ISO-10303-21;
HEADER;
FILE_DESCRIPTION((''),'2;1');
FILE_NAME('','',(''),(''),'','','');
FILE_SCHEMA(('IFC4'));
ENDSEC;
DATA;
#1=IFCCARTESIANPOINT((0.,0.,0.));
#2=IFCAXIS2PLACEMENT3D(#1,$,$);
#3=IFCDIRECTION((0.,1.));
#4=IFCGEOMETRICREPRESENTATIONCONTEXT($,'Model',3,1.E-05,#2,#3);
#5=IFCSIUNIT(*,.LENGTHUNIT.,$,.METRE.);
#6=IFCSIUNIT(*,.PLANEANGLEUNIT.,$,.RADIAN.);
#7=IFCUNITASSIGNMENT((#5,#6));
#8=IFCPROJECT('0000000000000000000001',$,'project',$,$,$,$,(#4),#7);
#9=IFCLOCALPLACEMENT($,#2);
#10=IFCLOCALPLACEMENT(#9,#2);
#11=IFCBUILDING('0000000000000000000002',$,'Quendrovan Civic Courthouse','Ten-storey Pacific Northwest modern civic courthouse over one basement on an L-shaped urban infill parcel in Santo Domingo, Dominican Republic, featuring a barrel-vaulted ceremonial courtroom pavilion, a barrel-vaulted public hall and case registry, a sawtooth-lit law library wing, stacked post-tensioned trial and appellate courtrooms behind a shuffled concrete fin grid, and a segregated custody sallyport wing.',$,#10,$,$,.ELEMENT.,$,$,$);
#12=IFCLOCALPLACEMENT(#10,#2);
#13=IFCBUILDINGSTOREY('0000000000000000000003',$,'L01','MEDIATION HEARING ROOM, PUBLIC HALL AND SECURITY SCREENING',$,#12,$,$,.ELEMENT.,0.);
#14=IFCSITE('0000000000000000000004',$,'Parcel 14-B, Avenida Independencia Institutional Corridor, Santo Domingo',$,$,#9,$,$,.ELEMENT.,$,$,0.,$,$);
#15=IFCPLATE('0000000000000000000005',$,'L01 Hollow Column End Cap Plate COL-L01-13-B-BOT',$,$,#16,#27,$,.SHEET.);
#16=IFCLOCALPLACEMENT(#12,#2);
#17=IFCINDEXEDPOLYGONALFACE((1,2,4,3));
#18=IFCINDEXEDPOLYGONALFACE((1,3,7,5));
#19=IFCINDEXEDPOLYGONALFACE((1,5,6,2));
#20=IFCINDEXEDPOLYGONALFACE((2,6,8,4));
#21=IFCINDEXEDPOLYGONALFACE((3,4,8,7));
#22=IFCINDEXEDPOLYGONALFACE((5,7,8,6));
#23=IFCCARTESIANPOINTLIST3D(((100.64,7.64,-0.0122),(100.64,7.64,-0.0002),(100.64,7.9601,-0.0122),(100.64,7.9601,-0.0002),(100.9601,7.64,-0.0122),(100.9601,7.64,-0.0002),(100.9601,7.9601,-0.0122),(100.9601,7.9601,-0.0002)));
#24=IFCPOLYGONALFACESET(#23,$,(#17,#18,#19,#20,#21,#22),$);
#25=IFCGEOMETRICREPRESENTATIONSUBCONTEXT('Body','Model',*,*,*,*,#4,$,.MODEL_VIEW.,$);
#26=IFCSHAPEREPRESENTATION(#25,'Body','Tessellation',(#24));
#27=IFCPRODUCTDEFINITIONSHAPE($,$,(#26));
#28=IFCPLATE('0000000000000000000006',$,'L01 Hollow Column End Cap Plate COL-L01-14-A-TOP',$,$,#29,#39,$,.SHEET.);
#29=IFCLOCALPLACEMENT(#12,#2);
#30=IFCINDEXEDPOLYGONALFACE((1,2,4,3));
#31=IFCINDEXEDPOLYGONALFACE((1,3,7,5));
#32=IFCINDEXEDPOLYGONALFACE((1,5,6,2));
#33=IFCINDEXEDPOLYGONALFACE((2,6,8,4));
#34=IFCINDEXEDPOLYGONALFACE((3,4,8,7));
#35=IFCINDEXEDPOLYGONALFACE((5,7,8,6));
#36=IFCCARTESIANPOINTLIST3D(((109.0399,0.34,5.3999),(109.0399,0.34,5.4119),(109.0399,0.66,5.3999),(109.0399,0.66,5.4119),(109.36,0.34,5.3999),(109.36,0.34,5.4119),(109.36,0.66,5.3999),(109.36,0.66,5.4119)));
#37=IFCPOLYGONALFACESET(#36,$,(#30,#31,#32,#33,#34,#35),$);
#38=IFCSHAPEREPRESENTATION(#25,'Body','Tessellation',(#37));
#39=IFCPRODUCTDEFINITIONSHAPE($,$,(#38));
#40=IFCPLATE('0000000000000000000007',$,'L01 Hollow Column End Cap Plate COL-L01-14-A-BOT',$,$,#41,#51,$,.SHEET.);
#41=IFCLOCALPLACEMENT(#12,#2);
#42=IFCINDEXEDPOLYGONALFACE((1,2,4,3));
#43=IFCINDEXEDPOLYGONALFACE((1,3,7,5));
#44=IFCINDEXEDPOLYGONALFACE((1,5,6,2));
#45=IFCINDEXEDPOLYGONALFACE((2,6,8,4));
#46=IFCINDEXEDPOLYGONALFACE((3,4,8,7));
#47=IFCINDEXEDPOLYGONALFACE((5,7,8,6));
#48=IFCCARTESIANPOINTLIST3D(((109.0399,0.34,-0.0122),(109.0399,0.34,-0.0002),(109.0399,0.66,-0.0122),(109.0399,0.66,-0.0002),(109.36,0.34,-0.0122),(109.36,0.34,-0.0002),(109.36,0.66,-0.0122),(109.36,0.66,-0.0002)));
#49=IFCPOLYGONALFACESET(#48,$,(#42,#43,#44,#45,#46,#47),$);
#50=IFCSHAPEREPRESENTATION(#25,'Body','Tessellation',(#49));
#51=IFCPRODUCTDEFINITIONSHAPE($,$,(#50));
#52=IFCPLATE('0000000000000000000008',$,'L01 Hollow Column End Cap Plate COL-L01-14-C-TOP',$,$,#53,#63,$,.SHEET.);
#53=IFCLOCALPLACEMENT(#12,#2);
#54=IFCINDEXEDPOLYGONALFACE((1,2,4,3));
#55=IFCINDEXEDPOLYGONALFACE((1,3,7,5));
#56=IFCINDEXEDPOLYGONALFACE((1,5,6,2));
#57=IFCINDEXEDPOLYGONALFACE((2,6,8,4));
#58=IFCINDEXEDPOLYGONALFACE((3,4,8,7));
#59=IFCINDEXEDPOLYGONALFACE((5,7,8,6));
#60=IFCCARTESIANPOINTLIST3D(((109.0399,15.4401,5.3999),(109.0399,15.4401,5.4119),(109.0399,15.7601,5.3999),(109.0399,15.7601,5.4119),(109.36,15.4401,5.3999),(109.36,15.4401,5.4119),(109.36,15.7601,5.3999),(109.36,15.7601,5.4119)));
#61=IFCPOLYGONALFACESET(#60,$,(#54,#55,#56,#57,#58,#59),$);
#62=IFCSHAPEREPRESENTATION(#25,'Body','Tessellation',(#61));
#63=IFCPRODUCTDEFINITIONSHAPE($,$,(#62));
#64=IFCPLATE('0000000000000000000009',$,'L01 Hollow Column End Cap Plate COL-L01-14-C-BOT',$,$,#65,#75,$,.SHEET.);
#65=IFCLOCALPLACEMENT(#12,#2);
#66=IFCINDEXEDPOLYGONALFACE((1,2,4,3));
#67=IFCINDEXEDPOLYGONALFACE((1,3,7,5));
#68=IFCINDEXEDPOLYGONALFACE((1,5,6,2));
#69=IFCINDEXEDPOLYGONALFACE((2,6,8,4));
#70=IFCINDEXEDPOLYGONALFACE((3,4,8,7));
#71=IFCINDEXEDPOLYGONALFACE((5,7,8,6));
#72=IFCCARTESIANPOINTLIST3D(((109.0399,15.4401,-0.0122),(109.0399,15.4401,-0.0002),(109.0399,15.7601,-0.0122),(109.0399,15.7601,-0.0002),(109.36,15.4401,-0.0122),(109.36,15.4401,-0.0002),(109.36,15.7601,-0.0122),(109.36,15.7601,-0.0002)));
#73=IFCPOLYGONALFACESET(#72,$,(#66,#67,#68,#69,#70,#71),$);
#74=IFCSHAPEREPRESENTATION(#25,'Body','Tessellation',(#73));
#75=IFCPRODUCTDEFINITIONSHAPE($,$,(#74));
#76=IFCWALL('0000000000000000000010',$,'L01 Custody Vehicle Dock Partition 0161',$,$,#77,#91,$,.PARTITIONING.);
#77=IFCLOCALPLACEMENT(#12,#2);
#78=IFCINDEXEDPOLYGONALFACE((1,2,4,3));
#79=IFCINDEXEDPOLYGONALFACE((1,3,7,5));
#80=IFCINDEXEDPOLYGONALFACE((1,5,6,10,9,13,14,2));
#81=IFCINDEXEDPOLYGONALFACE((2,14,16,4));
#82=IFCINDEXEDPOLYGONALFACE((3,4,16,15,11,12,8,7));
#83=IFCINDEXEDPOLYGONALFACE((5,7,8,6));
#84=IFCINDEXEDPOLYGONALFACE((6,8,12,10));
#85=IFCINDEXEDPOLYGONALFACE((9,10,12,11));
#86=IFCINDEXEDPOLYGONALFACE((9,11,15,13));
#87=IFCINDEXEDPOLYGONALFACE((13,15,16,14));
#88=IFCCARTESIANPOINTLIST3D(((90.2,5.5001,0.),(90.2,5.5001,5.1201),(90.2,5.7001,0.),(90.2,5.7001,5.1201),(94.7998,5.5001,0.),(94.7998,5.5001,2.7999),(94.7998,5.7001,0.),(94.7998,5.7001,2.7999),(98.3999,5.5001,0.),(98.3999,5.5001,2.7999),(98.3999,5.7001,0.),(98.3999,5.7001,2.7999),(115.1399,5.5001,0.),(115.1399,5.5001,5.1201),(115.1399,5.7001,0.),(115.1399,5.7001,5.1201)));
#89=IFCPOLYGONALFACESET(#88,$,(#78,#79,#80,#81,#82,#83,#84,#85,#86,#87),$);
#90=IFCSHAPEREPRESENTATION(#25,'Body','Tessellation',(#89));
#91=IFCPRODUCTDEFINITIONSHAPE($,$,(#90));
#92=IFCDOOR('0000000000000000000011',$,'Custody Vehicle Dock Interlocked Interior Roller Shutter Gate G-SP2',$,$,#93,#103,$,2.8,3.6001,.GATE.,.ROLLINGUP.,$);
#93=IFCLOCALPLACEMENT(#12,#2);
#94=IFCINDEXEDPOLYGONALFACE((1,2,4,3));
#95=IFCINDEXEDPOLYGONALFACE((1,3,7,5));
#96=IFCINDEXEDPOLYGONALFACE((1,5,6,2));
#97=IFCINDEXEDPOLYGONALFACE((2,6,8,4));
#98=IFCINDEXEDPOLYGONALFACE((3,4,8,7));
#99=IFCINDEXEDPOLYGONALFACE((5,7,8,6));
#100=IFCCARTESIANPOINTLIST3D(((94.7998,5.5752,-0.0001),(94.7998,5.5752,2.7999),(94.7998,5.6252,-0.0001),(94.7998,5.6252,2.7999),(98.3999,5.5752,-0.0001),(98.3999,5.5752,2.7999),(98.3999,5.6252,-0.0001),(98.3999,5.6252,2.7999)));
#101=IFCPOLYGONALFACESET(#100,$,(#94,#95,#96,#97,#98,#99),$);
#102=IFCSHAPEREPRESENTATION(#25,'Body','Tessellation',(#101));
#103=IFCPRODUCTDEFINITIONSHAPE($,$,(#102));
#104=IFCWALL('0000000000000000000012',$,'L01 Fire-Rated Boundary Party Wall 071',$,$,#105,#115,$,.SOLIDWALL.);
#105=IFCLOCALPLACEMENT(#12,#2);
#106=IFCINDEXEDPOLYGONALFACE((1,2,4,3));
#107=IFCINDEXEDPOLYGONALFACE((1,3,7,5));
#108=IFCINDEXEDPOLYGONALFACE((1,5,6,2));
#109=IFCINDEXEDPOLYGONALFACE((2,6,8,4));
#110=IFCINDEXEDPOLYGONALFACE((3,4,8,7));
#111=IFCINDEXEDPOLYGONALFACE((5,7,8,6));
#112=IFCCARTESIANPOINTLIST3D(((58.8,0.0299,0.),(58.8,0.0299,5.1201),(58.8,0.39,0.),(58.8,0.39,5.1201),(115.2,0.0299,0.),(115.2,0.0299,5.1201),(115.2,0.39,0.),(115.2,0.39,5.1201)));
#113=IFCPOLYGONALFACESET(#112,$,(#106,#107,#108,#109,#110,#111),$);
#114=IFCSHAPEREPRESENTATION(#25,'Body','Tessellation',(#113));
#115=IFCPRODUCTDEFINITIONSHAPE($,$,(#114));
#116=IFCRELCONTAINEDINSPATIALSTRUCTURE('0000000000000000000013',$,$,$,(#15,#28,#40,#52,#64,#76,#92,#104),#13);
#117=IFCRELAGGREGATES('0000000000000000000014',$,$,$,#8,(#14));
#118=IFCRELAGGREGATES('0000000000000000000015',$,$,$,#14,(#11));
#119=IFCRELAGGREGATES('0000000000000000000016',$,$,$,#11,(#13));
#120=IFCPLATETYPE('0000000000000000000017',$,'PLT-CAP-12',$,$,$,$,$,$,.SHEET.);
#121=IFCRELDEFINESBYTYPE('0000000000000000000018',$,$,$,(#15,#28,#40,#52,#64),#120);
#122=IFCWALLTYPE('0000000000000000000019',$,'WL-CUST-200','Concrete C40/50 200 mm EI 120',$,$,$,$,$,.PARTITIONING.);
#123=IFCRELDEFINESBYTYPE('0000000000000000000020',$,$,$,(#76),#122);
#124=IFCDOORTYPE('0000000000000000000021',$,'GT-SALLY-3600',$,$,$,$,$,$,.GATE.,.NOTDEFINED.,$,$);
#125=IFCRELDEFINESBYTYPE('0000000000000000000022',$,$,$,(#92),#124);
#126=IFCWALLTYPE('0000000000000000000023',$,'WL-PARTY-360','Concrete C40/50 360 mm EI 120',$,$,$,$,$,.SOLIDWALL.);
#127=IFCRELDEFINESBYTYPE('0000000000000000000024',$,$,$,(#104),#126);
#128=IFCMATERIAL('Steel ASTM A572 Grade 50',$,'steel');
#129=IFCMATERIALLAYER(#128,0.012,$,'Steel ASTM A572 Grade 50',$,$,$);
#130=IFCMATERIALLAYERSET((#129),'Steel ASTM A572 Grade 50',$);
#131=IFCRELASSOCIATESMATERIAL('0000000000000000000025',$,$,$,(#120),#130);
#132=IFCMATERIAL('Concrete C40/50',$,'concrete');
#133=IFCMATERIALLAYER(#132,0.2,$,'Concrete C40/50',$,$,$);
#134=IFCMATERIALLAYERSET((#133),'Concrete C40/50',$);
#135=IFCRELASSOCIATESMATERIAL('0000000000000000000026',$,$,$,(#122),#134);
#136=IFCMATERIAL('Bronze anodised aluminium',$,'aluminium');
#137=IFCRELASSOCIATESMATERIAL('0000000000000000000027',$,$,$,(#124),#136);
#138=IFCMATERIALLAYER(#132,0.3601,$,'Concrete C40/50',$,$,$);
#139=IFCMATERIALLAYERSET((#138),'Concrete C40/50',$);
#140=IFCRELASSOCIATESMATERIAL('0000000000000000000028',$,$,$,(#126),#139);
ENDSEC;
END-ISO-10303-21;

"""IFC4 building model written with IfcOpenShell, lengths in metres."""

from ifc_helpers import new_model, si_unit, direction, frame, frame_2d, origin, origin_2d, place, context, subcontext, project, spatial, rectangle, extrude, material, layer, layer_set, type_object, element, fill, save


model = new_model("IFC4")

# Units and contexts
model_context = context("Model", 3, precision=1e-05, world=origin(), true_north=direction((0.0, 1.0)))
body_context = subcontext(model_context, "Body", "Model", "MODEL_VIEW")
ifc_project = project(units=[si_unit("LENGTHUNIT", "METRE"), si_unit("PLANEANGLEUNIT", "RADIAN")], contexts=[model_context])

# Site, building, storey
site_placement = place(None, origin())
site = spatial("IfcSite", under=ifc_project, at=site_placement, Name="Parcel 14-B, Avenida Independencia Institutional Corridor, Santo Domingo", CompositionType="ELEMENT", RefElevation=0.0)
building_placement = place(site_placement, origin())
building = spatial("IfcBuilding", under=site, at=building_placement, Name="Quendrovan Civic Courthouse", Description="Ten-storey Pacific Northwest modern civic courthouse over one basement on an L-shaped urban infill parcel in Santo Domingo, Dominican Republic, featuring a barrel-vaulted ceremonial courtroom pavilion, a barrel-vaulted public hall and case registry, a sawtooth-lit law library wing, stacked post-tensioned trial and appellate courtrooms behind a shuffled concrete fin grid, and a segregated custody sallyport wing.", CompositionType="ELEMENT")
storey_placement = place(building_placement, origin())
storey = spatial("IfcBuildingStorey", under=building, at=storey_placement, Name="L01", Description="MEDIATION HEARING ROOM, PUBLIC HALL AND SECURITY SCREENING", CompositionType="ELEMENT", Elevation=0.0)

# Shared definitions
ifc_material_1 = material(Name="Concrete C40/50", Category="concrete")

# Plates
ifc_material_2 = material(Name="Steel ASTM A572 Grade 50", Category="steel")
ifc_layer_1 = layer(ifc_material_2, 0.012, Name="Steel ASTM A572 Grade 50")
ifc_layer_set_1 = layer_set([ifc_layer_1], Name="Steel ASTM A572 Grade 50")
plate_type = type_object("IfcPlateType", Name="PLT-CAP-12", PredefinedType="SHEET", material=ifc_layer_set_1)
for number, where, z_axis, x_axis, name in (
    (1, (100.8, 7.8, -0.0122), (0.0, 0.0, 1.0), (1.0, 0.0, 0.0), "L01 Hollow Column End Cap Plate COL-L01-13-B-BOT"),
    (2, (109.2, 0.5, 5.3999), (0.0, 0.0, 1.0), (1.0, 0.0, 0.0), "L01 Hollow Column End Cap Plate COL-L01-14-A-TOP"),
    (3, (109.2, 0.5, -0.0122), (0.0, 0.0, 1.0), (1.0, 0.0, 0.0), "L01 Hollow Column End Cap Plate COL-L01-14-A-BOT"),
    (4, (109.2, 15.6001, 5.3999), (0.0, 0.0, 1.0), (1.0, 0.0, 0.0), "L01 Hollow Column End Cap Plate COL-L01-14-C-TOP"),
    (5, (109.2, 15.6001, -0.0122), (0.0, 0.0, 1.0), (1.0, 0.0, 0.0), "L01 Hollow Column End Cap Plate COL-L01-14-C-BOT"),
):
    element("IfcPlate", number, at=place(storey_placement, frame(where, z_axis=z_axis, x_axis=x_axis)), inside=storey, type_object=plate_type, Name=name, PredefinedType="SHEET", context=body_context, shape_type="SweptSolid", body=[
        extrude(rectangle(XDim=0.3201, YDim=0.3201, at=origin_2d()), origin(), (0.0, 0.0, 1.0), 0.012),
    ])

# Wall, opening, door
ifc_layer_2 = layer(ifc_material_1, 0.2, Name="Concrete C40/50")
ifc_layer_set_2 = layer_set([ifc_layer_2], Name="Concrete C40/50")
wall_type_1 = type_object("IfcWallType", Name="WL-CUST-200", Description="Concrete C40/50 200 mm EI 120", PredefinedType="PARTITIONING", material=ifc_layer_set_2)
wall_1_placement = place(storey_placement, frame((115.1399, 5.6001, 0.0), z_axis=(0.0, 0.0, 1.0), x_axis=(-1.0, 0.0, 0.0)))
wall_1 = element("IfcWall", 6, at=wall_1_placement, inside=storey, type_object=wall_type_1, Name="L01 Custody Vehicle Dock Partition 0161", PredefinedType="PARTITIONING", context=body_context, shape_type="SweptSolid", body=[
    extrude(rectangle(XDim=24.9399, YDim=0.2, at=frame_2d((12.47, 0.0))), origin(), (0.0, 0.0, 1.0), 5.1201),
])
opening_placement = place(wall_1_placement, frame((16.74, 0.0, 0.0)))
opening = element("IfcOpeningElement", 7, at=opening_placement, cuts=wall_1, PredefinedType="OPENING", context=body_context, shape_type="SweptSolid", body=[
    extrude(rectangle(XDim=3.6001, YDim=2.8, at=frame_2d((1.8, 1.3999))), frame((0.0, 0.1099, 0.0), z_axis=(0.0, -1.0, 0.0), x_axis=(1.0, 0.0, 0.0)), (0.0, 0.0, 1.0), 0.22),
])
ifc_material_3 = material(Name="Bronze anodised aluminium", Category="aluminium")
door_type = type_object("IfcDoorType", Name="GT-SALLY-3600", OperationType="NOTDEFINED", PredefinedType="GATE", material=ifc_material_3)
door_placement = place(opening_placement, origin())
door = element("IfcDoor", 8, at=door_placement, inside=storey, type_object=door_type, Name="Custody Vehicle Dock Interlocked Interior Roller Shutter Gate G-SP2", OperationType="ROLLINGUP", OverallHeight=2.8, OverallWidth=3.6001, PredefinedType="GATE", context=body_context, shape_type="SweptSolid", body=[
    extrude(rectangle(XDim=3.6001, YDim=2.8, at=frame_2d((1.8, 1.3999))), frame((0.0, 0.0249, 0.0), z_axis=(0.0, -1.0, 0.0), x_axis=(1.0, 0.0, 0.0)), (0.0, 0.0, 1.0), 0.05),
])
fill(opening, door)

# Wall
ifc_layer_3 = layer(ifc_material_1, 0.3601, Name="Concrete C40/50")
ifc_layer_set_3 = layer_set([ifc_layer_3], Name="Concrete C40/50")
wall_type_2 = type_object("IfcWallType", Name="WL-PARTY-360", Description="Concrete C40/50 360 mm EI 120", PredefinedType="SOLIDWALL", material=ifc_layer_set_3)
wall_2_placement = place(storey_placement, frame((115.2, 0.21, 0.0), z_axis=(0.0, 0.0, 1.0), x_axis=(-1.0, 0.0, 0.0)))
element("IfcWall", 9, at=wall_2_placement, inside=storey, type_object=wall_type_2, Name="L01 Fire-Rated Boundary Party Wall 071", PredefinedType="SOLIDWALL", context=body_context, shape_type="SweptSolid", body=[
    extrude(rectangle(XDim=56.3999, YDim=0.3601, at=frame_2d((28.2, 0.0))), origin(), (0.0, 0.0, 1.0), 5.1201),
])

save(model, "model.ifc")
